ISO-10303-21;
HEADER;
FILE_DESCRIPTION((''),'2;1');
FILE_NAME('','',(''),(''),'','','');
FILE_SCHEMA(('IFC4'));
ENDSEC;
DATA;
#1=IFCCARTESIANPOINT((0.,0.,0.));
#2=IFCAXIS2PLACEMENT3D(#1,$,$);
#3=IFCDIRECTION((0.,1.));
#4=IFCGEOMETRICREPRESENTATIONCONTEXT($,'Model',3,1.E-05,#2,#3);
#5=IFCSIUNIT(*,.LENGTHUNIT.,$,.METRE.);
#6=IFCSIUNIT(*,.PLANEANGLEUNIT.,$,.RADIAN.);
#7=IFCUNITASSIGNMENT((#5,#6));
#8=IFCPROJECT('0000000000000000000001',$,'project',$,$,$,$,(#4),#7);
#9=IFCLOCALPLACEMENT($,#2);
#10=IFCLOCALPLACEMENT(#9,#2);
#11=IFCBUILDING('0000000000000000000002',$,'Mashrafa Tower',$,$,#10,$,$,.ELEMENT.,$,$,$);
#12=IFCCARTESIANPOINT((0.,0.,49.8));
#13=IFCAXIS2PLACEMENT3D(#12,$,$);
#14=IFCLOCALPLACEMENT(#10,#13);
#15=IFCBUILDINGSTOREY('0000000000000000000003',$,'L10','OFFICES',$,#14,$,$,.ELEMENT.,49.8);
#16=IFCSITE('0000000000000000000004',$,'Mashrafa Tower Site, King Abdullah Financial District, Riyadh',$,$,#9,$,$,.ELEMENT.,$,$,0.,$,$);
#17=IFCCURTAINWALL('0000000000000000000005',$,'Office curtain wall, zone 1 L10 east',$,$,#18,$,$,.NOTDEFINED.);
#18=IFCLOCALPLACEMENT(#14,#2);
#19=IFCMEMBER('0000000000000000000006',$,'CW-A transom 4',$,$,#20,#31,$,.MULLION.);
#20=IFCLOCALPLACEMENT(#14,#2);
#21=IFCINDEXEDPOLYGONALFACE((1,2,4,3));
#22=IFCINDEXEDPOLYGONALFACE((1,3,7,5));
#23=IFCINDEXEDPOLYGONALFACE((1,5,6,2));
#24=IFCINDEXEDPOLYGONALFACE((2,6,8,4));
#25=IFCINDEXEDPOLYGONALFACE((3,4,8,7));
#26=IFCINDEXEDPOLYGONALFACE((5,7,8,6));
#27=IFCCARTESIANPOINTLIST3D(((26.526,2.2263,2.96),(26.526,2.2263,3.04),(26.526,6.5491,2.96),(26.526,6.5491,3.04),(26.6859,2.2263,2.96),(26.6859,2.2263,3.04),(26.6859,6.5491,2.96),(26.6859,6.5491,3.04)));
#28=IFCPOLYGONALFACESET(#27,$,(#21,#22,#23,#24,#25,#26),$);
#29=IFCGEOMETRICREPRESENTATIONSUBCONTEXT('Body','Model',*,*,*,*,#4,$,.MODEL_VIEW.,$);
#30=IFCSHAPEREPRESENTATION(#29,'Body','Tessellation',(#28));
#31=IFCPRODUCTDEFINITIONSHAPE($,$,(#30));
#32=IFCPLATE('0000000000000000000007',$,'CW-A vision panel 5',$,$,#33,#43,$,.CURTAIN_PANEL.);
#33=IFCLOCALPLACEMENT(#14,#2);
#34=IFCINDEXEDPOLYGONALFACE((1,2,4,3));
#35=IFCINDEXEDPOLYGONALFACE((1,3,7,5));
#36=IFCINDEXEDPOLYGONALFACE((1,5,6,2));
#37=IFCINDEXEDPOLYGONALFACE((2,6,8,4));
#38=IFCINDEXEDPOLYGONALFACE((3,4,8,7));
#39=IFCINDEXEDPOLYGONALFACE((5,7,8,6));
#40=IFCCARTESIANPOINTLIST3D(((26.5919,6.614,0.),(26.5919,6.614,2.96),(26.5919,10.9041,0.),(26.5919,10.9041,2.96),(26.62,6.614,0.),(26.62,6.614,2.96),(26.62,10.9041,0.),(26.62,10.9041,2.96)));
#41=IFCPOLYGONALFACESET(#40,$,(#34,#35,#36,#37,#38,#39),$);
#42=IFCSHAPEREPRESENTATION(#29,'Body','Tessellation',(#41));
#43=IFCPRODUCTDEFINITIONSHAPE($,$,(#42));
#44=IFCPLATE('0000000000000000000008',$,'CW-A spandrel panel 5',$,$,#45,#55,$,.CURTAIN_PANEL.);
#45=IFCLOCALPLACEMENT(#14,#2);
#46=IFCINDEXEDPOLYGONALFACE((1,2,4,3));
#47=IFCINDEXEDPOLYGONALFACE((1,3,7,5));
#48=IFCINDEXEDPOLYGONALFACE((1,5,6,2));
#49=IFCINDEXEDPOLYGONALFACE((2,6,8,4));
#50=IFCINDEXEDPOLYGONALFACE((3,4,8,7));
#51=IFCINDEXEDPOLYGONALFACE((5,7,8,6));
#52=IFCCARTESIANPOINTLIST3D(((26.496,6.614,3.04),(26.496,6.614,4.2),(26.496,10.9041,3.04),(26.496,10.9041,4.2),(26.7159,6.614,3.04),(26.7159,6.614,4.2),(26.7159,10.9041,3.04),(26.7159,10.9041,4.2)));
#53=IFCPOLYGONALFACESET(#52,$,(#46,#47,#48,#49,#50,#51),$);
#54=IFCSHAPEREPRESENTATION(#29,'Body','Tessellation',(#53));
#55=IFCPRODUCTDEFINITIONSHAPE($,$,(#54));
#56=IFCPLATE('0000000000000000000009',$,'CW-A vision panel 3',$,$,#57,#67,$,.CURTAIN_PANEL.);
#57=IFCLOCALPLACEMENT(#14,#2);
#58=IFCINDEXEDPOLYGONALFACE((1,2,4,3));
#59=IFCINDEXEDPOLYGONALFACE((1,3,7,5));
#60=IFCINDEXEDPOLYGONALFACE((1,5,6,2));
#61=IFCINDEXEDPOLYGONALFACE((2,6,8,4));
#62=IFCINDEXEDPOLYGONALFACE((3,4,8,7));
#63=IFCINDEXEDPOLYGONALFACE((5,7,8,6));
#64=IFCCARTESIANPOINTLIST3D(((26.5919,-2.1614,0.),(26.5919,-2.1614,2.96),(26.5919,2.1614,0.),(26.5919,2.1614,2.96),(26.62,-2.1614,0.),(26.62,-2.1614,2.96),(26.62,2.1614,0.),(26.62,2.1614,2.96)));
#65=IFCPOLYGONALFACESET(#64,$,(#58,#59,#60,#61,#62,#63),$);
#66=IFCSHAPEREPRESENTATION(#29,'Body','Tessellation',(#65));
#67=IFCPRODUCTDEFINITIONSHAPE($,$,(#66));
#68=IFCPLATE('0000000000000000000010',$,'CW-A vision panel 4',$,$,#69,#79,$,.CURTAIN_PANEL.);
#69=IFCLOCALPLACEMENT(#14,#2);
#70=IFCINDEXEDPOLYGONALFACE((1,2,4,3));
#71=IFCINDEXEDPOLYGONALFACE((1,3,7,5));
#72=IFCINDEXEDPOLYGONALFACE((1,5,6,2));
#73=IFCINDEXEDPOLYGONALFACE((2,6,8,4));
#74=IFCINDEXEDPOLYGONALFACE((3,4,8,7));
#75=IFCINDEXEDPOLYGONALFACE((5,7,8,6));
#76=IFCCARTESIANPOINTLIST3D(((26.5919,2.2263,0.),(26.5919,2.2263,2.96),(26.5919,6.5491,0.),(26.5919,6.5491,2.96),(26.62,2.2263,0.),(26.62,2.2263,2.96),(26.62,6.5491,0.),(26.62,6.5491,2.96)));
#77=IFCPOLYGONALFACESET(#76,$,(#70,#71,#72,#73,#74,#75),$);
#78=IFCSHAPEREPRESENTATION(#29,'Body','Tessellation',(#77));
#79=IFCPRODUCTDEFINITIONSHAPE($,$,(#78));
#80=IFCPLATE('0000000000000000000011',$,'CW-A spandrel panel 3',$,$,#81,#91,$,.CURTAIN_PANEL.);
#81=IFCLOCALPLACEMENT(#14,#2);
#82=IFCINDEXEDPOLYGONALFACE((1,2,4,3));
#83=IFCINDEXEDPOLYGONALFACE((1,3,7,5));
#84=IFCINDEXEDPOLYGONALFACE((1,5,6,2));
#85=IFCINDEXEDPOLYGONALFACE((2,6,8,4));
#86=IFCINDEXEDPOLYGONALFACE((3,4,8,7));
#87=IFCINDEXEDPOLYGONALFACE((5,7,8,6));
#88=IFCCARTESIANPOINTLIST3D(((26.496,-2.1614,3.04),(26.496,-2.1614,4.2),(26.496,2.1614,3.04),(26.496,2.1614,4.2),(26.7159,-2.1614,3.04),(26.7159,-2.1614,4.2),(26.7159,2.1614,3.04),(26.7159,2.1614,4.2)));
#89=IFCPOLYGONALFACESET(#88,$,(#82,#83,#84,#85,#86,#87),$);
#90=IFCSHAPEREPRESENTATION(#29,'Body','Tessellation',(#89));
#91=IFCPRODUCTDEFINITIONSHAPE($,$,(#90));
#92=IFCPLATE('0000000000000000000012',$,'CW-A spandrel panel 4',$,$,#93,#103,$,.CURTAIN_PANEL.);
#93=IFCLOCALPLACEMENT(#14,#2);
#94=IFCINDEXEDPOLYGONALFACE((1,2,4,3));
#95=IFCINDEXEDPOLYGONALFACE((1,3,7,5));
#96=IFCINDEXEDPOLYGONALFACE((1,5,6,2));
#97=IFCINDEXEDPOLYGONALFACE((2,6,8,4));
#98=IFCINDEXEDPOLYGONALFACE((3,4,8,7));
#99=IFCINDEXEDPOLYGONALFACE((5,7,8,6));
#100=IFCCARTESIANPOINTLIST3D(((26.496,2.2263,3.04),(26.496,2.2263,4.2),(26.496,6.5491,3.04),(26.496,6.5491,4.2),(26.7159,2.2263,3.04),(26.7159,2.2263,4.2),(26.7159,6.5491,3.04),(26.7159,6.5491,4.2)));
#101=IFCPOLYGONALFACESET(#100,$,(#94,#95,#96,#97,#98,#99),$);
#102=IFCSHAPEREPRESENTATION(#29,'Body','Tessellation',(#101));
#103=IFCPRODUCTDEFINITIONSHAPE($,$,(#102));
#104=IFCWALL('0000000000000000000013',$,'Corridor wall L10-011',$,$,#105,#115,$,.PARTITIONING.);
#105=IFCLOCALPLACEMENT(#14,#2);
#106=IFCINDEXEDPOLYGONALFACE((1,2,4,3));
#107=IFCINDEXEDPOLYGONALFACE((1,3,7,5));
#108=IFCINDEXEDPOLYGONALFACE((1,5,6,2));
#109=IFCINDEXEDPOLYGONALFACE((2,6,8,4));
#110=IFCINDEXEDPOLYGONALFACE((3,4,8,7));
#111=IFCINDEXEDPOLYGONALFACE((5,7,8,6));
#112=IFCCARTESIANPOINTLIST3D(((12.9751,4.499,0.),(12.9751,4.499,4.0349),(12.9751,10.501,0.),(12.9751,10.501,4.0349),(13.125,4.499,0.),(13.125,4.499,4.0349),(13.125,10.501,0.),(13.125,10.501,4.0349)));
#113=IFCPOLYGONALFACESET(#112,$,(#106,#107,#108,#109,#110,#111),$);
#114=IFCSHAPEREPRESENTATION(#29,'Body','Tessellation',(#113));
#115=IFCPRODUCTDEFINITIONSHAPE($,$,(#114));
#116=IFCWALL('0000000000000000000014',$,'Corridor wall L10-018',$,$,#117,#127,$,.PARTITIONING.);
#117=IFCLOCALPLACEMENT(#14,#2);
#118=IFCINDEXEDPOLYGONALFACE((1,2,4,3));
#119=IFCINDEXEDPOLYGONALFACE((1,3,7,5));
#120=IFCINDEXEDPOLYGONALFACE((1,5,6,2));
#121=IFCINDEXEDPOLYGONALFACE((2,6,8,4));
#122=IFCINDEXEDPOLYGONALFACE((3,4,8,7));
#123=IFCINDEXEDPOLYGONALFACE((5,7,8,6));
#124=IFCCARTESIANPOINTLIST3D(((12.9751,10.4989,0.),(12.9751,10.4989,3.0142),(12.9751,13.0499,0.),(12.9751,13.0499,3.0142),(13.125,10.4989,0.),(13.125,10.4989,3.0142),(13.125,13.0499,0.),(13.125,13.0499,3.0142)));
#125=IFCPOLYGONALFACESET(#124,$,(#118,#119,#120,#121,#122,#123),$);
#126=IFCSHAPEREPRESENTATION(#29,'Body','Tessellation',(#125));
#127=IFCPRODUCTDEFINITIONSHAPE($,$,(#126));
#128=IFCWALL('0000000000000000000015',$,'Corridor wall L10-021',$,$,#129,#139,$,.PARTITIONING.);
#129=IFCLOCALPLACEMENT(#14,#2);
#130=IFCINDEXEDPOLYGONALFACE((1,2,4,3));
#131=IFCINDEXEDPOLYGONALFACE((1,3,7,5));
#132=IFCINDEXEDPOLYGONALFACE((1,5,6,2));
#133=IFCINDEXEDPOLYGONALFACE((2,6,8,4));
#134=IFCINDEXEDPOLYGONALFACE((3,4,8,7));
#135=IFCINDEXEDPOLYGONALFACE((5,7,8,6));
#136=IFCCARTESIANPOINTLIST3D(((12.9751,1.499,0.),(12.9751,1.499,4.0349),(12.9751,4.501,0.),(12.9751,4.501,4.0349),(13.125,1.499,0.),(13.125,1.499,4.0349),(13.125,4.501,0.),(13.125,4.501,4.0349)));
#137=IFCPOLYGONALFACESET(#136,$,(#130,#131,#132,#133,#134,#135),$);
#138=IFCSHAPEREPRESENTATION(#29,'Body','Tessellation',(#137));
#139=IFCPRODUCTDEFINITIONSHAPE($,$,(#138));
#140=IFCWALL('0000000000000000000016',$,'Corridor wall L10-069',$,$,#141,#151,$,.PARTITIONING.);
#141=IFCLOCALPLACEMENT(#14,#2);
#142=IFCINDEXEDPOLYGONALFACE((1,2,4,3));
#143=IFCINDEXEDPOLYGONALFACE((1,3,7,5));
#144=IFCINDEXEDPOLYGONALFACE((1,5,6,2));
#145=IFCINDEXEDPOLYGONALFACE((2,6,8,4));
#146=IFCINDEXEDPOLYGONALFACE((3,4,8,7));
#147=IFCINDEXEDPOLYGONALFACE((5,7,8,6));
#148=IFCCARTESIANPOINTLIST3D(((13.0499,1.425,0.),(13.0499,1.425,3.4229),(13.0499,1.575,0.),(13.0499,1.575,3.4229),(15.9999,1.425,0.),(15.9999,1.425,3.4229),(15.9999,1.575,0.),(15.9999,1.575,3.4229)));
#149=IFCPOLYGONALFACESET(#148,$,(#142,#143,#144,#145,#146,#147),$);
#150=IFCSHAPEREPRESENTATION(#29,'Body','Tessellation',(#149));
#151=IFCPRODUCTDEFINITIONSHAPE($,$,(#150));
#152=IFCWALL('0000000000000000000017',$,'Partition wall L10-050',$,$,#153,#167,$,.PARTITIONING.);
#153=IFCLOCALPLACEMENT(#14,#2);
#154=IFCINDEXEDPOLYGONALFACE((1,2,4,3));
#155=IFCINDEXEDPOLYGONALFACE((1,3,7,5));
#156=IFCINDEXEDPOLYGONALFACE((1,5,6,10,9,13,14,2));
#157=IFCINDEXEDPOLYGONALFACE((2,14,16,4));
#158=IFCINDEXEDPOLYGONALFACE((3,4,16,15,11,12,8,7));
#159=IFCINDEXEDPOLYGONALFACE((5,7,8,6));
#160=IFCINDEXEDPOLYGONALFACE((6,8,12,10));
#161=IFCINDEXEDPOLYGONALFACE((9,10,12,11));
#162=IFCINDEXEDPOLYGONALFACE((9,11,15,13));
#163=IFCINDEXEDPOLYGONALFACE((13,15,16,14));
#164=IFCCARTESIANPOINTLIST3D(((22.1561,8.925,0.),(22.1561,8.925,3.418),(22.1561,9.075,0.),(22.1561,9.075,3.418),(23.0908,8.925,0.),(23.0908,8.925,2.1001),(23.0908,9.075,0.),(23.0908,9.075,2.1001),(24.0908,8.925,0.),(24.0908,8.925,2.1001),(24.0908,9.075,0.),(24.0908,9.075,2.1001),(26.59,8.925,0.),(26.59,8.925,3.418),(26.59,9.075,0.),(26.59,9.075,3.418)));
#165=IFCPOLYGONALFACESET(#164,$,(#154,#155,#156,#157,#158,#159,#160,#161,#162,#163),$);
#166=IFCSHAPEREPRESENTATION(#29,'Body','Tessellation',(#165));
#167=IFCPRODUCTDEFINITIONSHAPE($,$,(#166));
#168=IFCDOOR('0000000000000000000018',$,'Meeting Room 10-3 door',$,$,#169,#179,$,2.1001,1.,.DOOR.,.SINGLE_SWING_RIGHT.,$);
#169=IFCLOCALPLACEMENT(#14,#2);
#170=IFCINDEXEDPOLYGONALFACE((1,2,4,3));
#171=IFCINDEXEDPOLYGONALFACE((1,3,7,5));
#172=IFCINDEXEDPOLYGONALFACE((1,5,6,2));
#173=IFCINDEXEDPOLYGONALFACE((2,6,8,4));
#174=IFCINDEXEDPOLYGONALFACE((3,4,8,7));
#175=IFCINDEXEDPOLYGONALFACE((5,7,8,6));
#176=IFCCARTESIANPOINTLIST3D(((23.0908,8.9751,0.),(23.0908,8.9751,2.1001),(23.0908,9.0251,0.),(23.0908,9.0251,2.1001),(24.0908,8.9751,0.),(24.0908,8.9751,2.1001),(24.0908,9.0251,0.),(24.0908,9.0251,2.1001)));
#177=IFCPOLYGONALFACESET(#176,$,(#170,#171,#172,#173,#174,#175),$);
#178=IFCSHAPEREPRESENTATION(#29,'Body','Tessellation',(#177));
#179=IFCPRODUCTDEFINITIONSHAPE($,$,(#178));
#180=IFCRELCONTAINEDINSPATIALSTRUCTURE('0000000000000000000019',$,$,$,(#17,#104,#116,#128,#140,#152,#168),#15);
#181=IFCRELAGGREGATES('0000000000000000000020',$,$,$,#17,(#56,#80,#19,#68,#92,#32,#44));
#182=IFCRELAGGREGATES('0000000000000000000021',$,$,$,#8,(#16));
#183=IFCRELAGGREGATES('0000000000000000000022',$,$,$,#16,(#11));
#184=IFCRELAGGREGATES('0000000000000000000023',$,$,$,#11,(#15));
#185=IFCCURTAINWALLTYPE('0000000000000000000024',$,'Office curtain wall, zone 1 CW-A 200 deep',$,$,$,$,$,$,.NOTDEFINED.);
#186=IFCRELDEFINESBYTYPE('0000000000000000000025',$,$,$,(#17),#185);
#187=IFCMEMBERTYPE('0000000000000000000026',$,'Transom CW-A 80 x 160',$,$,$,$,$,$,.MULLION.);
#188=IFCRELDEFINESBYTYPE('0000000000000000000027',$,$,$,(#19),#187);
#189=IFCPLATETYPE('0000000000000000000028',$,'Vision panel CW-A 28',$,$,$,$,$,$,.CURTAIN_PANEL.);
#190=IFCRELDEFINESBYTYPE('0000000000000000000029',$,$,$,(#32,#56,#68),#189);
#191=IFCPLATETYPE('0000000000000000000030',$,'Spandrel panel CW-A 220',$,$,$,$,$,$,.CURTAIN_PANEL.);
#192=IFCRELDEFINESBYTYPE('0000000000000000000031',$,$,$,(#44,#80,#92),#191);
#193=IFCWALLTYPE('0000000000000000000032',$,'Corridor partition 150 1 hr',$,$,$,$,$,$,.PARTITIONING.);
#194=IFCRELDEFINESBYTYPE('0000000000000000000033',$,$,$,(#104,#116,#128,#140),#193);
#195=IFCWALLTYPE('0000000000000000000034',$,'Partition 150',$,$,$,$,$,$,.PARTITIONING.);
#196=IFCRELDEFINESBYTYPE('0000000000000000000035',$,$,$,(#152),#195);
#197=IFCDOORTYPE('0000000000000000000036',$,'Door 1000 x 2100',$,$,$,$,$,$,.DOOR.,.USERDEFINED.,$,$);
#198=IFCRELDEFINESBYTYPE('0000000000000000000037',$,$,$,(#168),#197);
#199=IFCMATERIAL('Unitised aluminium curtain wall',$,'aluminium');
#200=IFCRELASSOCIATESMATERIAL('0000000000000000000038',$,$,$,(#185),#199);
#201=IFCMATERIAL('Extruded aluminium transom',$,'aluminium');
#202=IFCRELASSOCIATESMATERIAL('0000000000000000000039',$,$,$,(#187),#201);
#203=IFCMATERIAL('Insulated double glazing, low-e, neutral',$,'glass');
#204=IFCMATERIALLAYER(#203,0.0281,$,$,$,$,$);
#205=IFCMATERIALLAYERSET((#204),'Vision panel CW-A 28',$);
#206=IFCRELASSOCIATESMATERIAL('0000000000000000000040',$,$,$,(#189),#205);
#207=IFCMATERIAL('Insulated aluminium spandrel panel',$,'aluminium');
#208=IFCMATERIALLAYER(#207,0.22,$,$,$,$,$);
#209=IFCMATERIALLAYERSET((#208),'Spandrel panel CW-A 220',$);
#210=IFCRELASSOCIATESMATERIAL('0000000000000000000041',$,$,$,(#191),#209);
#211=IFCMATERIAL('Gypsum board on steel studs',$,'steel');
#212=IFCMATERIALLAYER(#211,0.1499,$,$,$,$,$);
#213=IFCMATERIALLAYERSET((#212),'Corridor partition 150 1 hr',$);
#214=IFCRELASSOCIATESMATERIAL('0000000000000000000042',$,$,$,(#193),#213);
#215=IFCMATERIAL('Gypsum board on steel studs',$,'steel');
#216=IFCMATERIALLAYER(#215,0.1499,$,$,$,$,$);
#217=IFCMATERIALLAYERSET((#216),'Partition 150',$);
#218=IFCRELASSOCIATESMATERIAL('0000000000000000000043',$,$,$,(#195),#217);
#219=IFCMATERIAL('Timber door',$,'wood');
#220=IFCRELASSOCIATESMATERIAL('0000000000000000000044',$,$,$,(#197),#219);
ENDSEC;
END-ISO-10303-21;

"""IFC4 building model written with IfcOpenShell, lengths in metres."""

from ifc_helpers import new_model, si_unit, direction, frame, frame_2d, origin, origin_2d, place, context, subcontext, project, spatial, rectangle, extrude, source, transform, mapped, material, layer, layer_set, material_profile, profile_set, type_object, type_shapes, element, fill, aggregate, save


model = new_model("IFC4")

# Units and contexts
model_context = context("Model", 3, precision=1e-05, world=origin(), true_north=direction((0.0, 1.0)))
body_context = subcontext(model_context, "Body", "Model", "MODEL_VIEW")
ifc_project = project(units=[si_unit("LENGTHUNIT", "METRE"), si_unit("PLANEANGLEUNIT", "RADIAN")], contexts=[model_context])

# Site, building, storey
site_placement = place(None, origin())
site = spatial("IfcSite", under=ifc_project, at=site_placement, Name="Mashrafa Tower Site, King Abdullah Financial District, Riyadh", CompositionType="ELEMENT", RefElevation=0.0)
building_placement = place(site_placement, origin())
building = spatial("IfcBuilding", under=site, at=building_placement, Name="Mashrafa Tower", CompositionType="ELEMENT")
storey_placement = place(building_placement, frame((0.0, 0.0, 49.8)))
storey = spatial("IfcBuildingStorey", under=building, at=storey_placement, Name="L10", Description="OFFICES", CompositionType="ELEMENT", Elevation=49.8)

# Curtain wall, member, plates
ifc_material_1 = material(Name="Unitised aluminium curtain wall", Category="aluminium")
curtain_wall_type = type_object("IfcCurtainWallType", Name="Office curtain wall, zone 1 CW-A 200 deep", PredefinedType="NOTDEFINED", material=ifc_material_1)
curtain_wall_placement = place(storey_placement, origin())
curtain_wall = element("IfcCurtainWall", 1, at=curtain_wall_placement, inside=storey, type_object=curtain_wall_type, Name="Office curtain wall, zone 1 L10 east", PredefinedType="NOTDEFINED")
ifc_material_2 = material(Name="Extruded aluminium transom", Category="aluminium")
ifc_material_profile_1 = material_profile(ifc_material_2, rectangle(XDim=0.1599, YDim=0.0801, at=origin_2d()), Name="Transom 80x160")
ifc_profile_set_1 = profile_set([ifc_material_profile_1], Name="Extruded aluminium transom")
member_type_1 = type_object("IfcMemberType", Name="Transom CW-A 80 x 160", PredefinedType="MULLION", material=ifc_profile_set_1)
shared_shape_1 = source(origin(), body_context, "Body", "SweptSolid", [
    extrude(rectangle(XDim=0.1599, YDim=0.0801, at=origin_2d()), origin(), (0.0, 0.0, 1.0), 4.3228),
])
member_1_placement = place(storey_placement, frame((26.606, 2.2263, 3.0), z_axis=(0.0, 1.0, 0.0), x_axis=(-1.0, 0.0, 0.0)))
member_1 = element("IfcMember", 2, at=member_1_placement, type_object=member_type_1, Name="CW-A transom 4", PredefinedType="MULLION", context=body_context, shape_type="MappedRepresentation", body=[
    mapped(shared_shape_1, transform((0.0, 0.0, 0.0))),
])
ifc_material_3 = material(Name="Insulated double glazing, low-e, neutral", Category="glass")
ifc_layer_1 = layer(ifc_material_3, 0.0281)
ifc_layer_set_1 = layer_set([ifc_layer_1], Name="Vision panel CW-A 28")
plate_type_1 = type_object("IfcPlateType", Name="Vision panel CW-A 28", PredefinedType="CURTAIN_PANEL", material=ifc_layer_set_1)
shared_shape_2 = source(origin(), body_context, "Body", "SweptSolid", [
    extrude(rectangle(XDim=4.29, YDim=0.0281, at=origin_2d()), origin(), (0.0, 0.0, 1.0), 2.96),
])
plate_1_placement = place(storey_placement, frame((26.606, 8.759, 0.0), z_axis=(0.0, 0.0, 1.0), x_axis=(0.0, 1.0, 0.0)))
plate_1 = element("IfcPlate", 3, at=plate_1_placement, type_object=plate_type_1, Name="CW-A vision panel 5", PredefinedType="CURTAIN_PANEL", context=body_context, shape_type="MappedRepresentation", body=[
    mapped(shared_shape_2, transform((0.0, 0.0, 0.0))),
])
ifc_material_4 = material(Name="Insulated aluminium spandrel panel", Category="aluminium")
ifc_layer_2 = layer(ifc_material_4, 0.22)
ifc_layer_set_2 = layer_set([ifc_layer_2], Name="Spandrel panel CW-A 220")
plate_type_2 = type_object("IfcPlateType", Name="Spandrel panel CW-A 220", PredefinedType="CURTAIN_PANEL", material=ifc_layer_set_2)
shared_shape_3 = source(origin(), body_context, "Body", "SweptSolid", [
    extrude(rectangle(XDim=4.29, YDim=0.22, at=origin_2d()), origin(), (0.0, 0.0, 1.0), 1.1599),
])
plate_2_placement = place(storey_placement, frame((26.606, 8.759, 3.04), z_axis=(0.0, 0.0, 1.0), x_axis=(0.0, 1.0, 0.0)))
plate_2 = element("IfcPlate", 4, at=plate_2_placement, type_object=plate_type_2, Name="CW-A spandrel panel 5", PredefinedType="CURTAIN_PANEL", context=body_context, shape_type="MappedRepresentation", body=[
    mapped(shared_shape_3, transform((0.0, 0.0, 0.0))),
])
shared_shape_4 = source(origin(), body_context, "Body", "SweptSolid", [
    extrude(rectangle(XDim=4.3228, YDim=0.0281, at=origin_2d()), origin(), (0.0, 0.0, 1.0), 2.96),
])
type_shapes(plate_type_1, [shared_shape_2, shared_shape_4])
plate_3_placement = place(storey_placement, frame((26.606, 0.0, 0.0), z_axis=(0.0, 0.0, 1.0), x_axis=(0.0, 1.0, 0.0)))
plate_3 = element("IfcPlate", 5, at=plate_3_placement, type_object=plate_type_1, Name="CW-A vision panel 3", PredefinedType="CURTAIN_PANEL", context=body_context, shape_type="MappedRepresentation", body=[
    mapped(shared_shape_4, transform((0.0, 0.0, 0.0))),
])
plate_4_placement = place(storey_placement, frame((26.606, 4.3877, 0.0), z_axis=(0.0, 0.0, 1.0), x_axis=(0.0, 1.0, 0.0)))
plate_4 = element("IfcPlate", 6, at=plate_4_placement, type_object=plate_type_1, Name="CW-A vision panel 4", PredefinedType="CURTAIN_PANEL", context=body_context, shape_type="MappedRepresentation", body=[
    mapped(shared_shape_4, transform((0.0, 0.0, 0.0))),
])
shared_shape_5 = source(origin(), body_context, "Body", "SweptSolid", [
    extrude(rectangle(XDim=4.3228, YDim=0.22, at=origin_2d()), origin(), (0.0, 0.0, 1.0), 1.1599),
])
type_shapes(plate_type_2, [shared_shape_3, shared_shape_5])
plate_5_placement = place(storey_placement, frame((26.606, 0.0, 3.04), z_axis=(0.0, 0.0, 1.0), x_axis=(0.0, 1.0, 0.0)))
plate_5 = element("IfcPlate", 7, at=plate_5_placement, type_object=plate_type_2, Name="CW-A spandrel panel 3", PredefinedType="CURTAIN_PANEL", context=body_context, shape_type="MappedRepresentation", body=[
    mapped(shared_shape_5, transform((0.0, 0.0, 0.0))),
])
plate_6_placement = place(storey_placement, frame((26.606, 4.3877, 3.04), z_axis=(0.0, 0.0, 1.0), x_axis=(0.0, 1.0, 0.0)))
plate_6 = element("IfcPlate", 8, at=plate_6_placement, type_object=plate_type_2, Name="CW-A spandrel panel 4", PredefinedType="CURTAIN_PANEL", context=body_context, shape_type="MappedRepresentation", body=[
    mapped(shared_shape_5, transform((0.0, 0.0, 0.0))),
])
aggregate(curtain_wall, [plate_3, plate_5, member_1, plate_4, plate_6, plate_1, plate_2])

# Walls
ifc_material_5 = material(Name="Gypsum board on steel studs", Category="steel")
ifc_layer_3 = layer(ifc_material_5, 0.1499)
ifc_layer_set_3 = layer_set([ifc_layer_3], Name="Corridor partition 150 1 hr")
wall_type_1 = type_object("IfcWallType", Name="Corridor partition 150 1 hr", PredefinedType="PARTITIONING", material=ifc_layer_set_3)
wall_1_placement = place(storey_placement, frame((13.05, 4.499, 0.0), z_axis=(0.0, 0.0, 1.0), x_axis=(0.0, 1.0, 0.0)))
element("IfcWall", 9, at=wall_1_placement, inside=storey, type_object=wall_type_1, Name="Corridor wall L10-011", PredefinedType="PARTITIONING", context=body_context, shape_type="SweptSolid", body=[
    extrude(rectangle(XDim=6.002, YDim=0.1499, at=frame_2d((3.001, 0.0))), origin(), (0.0, 0.0, 1.0), 4.0349),
])
wall_2_placement = place(storey_placement, frame((13.05, 10.499, 0.0), z_axis=(0.0, 0.0, 1.0), x_axis=(0.0, 1.0, 0.0)))
element("IfcWall", 10, at=wall_2_placement, inside=storey, type_object=wall_type_1, Name="Corridor wall L10-018", PredefinedType="PARTITIONING", context=body_context, shape_type="SweptSolid", body=[
    extrude(rectangle(XDim=2.551, YDim=0.1499, at=frame_2d((1.2754, 0.0))), origin(), (0.0, 0.0, 1.0), 3.0142),
])
wall_3_placement = place(storey_placement, frame((13.05, 1.499, 0.0), z_axis=(0.0, 0.0, 1.0), x_axis=(0.0, 1.0, 0.0)))
element("IfcWall", 11, at=wall_3_placement, inside=storey, type_object=wall_type_1, Name="Corridor wall L10-021", PredefinedType="PARTITIONING", context=body_context, shape_type="SweptSolid", body=[
    extrude(rectangle(XDim=3.002, YDim=0.1499, at=frame_2d((1.501, 0.0))), origin(), (0.0, 0.0, 1.0), 4.0349),
])
wall_4_placement = place(storey_placement, frame((16.0, 1.5, 0.0), z_axis=(0.0, 0.0, 1.0), x_axis=(-1.0, 0.0, 0.0)))
element("IfcWall", 12, at=wall_4_placement, inside=storey, type_object=wall_type_1, Name="Corridor wall L10-069", PredefinedType="PARTITIONING", context=body_context, shape_type="SweptSolid", body=[
    extrude(rectangle(XDim=2.95, YDim=0.1499, at=frame_2d((1.4751, 0.0))), origin(), (0.0, 0.0, 1.0), 3.4229),
])

# Wall, opening, door
ifc_material_6 = material(Name="Gypsum board on steel studs", Category="steel")
ifc_layer_4 = layer(ifc_material_6, 0.1499)
ifc_layer_set_4 = layer_set([ifc_layer_4], Name="Partition 150")
wall_type_2 = type_object("IfcWallType", Name="Partition 150", PredefinedType="PARTITIONING", material=ifc_layer_set_4)
wall_5_placement = place(storey_placement, frame((26.5898, 9.0, 0.0), z_axis=(0.0, 0.0, 1.0), x_axis=(-1.0, 0.0, 0.0)))
wall_5 = element("IfcWall", 13, at=wall_5_placement, inside=storey, type_object=wall_type_2, Name="Partition wall L10-050", PredefinedType="PARTITIONING", context=body_context, shape_type="SweptSolid", body=[
    extrude(rectangle(XDim=4.4338, YDim=0.1499, at=frame_2d((2.2168, 0.0))), origin(), (0.0, 0.0, 1.0), 3.418),
])
opening_1_placement = place(wall_5_placement, frame((2.499, 0.0, 0.0)))
opening_1 = element("IfcOpeningElement", 14, at=opening_1_placement, cuts=wall_5, PredefinedType="OPENING", context=body_context, shape_type="SweptSolid", body=[
    extrude(rectangle(XDim=1.0, YDim=2.1001, at=frame_2d((0.5, 1.05))), frame((0.0, 0.085, 0.0), z_axis=(0.0, -1.0, 0.0), x_axis=(1.0, 0.0, 0.0)), (0.0, 0.0, 1.0), 0.1699),
])
ifc_material_7 = material(Name="Timber door", Category="wood")
door_type = type_object("IfcDoorType", Name="Door 1000 x 2100", OperationType="USERDEFINED", PredefinedType="DOOR", material=ifc_material_7)
door_1_placement = place(opening_1_placement, origin())
door_1 = element("IfcDoor", 15, at=door_1_placement, inside=storey, type_object=door_type, Name="Meeting Room 10-3 door", OperationType="SINGLE_SWING_RIGHT", OverallHeight=2.1001, OverallWidth=1.0, PredefinedType="DOOR", context=body_context, shape_type="SweptSolid", body=[
    extrude(rectangle(XDim=1.0, YDim=2.1001, at=frame_2d((0.5, 1.05))), frame((0.0, 0.0249, 0.0), z_axis=(0.0, -1.0, 0.0), x_axis=(1.0, 0.0, 0.0)), (0.0, 0.0, 1.0), 0.05),
])
fill(opening_1, door_1)

save(model, "model.ifc")
